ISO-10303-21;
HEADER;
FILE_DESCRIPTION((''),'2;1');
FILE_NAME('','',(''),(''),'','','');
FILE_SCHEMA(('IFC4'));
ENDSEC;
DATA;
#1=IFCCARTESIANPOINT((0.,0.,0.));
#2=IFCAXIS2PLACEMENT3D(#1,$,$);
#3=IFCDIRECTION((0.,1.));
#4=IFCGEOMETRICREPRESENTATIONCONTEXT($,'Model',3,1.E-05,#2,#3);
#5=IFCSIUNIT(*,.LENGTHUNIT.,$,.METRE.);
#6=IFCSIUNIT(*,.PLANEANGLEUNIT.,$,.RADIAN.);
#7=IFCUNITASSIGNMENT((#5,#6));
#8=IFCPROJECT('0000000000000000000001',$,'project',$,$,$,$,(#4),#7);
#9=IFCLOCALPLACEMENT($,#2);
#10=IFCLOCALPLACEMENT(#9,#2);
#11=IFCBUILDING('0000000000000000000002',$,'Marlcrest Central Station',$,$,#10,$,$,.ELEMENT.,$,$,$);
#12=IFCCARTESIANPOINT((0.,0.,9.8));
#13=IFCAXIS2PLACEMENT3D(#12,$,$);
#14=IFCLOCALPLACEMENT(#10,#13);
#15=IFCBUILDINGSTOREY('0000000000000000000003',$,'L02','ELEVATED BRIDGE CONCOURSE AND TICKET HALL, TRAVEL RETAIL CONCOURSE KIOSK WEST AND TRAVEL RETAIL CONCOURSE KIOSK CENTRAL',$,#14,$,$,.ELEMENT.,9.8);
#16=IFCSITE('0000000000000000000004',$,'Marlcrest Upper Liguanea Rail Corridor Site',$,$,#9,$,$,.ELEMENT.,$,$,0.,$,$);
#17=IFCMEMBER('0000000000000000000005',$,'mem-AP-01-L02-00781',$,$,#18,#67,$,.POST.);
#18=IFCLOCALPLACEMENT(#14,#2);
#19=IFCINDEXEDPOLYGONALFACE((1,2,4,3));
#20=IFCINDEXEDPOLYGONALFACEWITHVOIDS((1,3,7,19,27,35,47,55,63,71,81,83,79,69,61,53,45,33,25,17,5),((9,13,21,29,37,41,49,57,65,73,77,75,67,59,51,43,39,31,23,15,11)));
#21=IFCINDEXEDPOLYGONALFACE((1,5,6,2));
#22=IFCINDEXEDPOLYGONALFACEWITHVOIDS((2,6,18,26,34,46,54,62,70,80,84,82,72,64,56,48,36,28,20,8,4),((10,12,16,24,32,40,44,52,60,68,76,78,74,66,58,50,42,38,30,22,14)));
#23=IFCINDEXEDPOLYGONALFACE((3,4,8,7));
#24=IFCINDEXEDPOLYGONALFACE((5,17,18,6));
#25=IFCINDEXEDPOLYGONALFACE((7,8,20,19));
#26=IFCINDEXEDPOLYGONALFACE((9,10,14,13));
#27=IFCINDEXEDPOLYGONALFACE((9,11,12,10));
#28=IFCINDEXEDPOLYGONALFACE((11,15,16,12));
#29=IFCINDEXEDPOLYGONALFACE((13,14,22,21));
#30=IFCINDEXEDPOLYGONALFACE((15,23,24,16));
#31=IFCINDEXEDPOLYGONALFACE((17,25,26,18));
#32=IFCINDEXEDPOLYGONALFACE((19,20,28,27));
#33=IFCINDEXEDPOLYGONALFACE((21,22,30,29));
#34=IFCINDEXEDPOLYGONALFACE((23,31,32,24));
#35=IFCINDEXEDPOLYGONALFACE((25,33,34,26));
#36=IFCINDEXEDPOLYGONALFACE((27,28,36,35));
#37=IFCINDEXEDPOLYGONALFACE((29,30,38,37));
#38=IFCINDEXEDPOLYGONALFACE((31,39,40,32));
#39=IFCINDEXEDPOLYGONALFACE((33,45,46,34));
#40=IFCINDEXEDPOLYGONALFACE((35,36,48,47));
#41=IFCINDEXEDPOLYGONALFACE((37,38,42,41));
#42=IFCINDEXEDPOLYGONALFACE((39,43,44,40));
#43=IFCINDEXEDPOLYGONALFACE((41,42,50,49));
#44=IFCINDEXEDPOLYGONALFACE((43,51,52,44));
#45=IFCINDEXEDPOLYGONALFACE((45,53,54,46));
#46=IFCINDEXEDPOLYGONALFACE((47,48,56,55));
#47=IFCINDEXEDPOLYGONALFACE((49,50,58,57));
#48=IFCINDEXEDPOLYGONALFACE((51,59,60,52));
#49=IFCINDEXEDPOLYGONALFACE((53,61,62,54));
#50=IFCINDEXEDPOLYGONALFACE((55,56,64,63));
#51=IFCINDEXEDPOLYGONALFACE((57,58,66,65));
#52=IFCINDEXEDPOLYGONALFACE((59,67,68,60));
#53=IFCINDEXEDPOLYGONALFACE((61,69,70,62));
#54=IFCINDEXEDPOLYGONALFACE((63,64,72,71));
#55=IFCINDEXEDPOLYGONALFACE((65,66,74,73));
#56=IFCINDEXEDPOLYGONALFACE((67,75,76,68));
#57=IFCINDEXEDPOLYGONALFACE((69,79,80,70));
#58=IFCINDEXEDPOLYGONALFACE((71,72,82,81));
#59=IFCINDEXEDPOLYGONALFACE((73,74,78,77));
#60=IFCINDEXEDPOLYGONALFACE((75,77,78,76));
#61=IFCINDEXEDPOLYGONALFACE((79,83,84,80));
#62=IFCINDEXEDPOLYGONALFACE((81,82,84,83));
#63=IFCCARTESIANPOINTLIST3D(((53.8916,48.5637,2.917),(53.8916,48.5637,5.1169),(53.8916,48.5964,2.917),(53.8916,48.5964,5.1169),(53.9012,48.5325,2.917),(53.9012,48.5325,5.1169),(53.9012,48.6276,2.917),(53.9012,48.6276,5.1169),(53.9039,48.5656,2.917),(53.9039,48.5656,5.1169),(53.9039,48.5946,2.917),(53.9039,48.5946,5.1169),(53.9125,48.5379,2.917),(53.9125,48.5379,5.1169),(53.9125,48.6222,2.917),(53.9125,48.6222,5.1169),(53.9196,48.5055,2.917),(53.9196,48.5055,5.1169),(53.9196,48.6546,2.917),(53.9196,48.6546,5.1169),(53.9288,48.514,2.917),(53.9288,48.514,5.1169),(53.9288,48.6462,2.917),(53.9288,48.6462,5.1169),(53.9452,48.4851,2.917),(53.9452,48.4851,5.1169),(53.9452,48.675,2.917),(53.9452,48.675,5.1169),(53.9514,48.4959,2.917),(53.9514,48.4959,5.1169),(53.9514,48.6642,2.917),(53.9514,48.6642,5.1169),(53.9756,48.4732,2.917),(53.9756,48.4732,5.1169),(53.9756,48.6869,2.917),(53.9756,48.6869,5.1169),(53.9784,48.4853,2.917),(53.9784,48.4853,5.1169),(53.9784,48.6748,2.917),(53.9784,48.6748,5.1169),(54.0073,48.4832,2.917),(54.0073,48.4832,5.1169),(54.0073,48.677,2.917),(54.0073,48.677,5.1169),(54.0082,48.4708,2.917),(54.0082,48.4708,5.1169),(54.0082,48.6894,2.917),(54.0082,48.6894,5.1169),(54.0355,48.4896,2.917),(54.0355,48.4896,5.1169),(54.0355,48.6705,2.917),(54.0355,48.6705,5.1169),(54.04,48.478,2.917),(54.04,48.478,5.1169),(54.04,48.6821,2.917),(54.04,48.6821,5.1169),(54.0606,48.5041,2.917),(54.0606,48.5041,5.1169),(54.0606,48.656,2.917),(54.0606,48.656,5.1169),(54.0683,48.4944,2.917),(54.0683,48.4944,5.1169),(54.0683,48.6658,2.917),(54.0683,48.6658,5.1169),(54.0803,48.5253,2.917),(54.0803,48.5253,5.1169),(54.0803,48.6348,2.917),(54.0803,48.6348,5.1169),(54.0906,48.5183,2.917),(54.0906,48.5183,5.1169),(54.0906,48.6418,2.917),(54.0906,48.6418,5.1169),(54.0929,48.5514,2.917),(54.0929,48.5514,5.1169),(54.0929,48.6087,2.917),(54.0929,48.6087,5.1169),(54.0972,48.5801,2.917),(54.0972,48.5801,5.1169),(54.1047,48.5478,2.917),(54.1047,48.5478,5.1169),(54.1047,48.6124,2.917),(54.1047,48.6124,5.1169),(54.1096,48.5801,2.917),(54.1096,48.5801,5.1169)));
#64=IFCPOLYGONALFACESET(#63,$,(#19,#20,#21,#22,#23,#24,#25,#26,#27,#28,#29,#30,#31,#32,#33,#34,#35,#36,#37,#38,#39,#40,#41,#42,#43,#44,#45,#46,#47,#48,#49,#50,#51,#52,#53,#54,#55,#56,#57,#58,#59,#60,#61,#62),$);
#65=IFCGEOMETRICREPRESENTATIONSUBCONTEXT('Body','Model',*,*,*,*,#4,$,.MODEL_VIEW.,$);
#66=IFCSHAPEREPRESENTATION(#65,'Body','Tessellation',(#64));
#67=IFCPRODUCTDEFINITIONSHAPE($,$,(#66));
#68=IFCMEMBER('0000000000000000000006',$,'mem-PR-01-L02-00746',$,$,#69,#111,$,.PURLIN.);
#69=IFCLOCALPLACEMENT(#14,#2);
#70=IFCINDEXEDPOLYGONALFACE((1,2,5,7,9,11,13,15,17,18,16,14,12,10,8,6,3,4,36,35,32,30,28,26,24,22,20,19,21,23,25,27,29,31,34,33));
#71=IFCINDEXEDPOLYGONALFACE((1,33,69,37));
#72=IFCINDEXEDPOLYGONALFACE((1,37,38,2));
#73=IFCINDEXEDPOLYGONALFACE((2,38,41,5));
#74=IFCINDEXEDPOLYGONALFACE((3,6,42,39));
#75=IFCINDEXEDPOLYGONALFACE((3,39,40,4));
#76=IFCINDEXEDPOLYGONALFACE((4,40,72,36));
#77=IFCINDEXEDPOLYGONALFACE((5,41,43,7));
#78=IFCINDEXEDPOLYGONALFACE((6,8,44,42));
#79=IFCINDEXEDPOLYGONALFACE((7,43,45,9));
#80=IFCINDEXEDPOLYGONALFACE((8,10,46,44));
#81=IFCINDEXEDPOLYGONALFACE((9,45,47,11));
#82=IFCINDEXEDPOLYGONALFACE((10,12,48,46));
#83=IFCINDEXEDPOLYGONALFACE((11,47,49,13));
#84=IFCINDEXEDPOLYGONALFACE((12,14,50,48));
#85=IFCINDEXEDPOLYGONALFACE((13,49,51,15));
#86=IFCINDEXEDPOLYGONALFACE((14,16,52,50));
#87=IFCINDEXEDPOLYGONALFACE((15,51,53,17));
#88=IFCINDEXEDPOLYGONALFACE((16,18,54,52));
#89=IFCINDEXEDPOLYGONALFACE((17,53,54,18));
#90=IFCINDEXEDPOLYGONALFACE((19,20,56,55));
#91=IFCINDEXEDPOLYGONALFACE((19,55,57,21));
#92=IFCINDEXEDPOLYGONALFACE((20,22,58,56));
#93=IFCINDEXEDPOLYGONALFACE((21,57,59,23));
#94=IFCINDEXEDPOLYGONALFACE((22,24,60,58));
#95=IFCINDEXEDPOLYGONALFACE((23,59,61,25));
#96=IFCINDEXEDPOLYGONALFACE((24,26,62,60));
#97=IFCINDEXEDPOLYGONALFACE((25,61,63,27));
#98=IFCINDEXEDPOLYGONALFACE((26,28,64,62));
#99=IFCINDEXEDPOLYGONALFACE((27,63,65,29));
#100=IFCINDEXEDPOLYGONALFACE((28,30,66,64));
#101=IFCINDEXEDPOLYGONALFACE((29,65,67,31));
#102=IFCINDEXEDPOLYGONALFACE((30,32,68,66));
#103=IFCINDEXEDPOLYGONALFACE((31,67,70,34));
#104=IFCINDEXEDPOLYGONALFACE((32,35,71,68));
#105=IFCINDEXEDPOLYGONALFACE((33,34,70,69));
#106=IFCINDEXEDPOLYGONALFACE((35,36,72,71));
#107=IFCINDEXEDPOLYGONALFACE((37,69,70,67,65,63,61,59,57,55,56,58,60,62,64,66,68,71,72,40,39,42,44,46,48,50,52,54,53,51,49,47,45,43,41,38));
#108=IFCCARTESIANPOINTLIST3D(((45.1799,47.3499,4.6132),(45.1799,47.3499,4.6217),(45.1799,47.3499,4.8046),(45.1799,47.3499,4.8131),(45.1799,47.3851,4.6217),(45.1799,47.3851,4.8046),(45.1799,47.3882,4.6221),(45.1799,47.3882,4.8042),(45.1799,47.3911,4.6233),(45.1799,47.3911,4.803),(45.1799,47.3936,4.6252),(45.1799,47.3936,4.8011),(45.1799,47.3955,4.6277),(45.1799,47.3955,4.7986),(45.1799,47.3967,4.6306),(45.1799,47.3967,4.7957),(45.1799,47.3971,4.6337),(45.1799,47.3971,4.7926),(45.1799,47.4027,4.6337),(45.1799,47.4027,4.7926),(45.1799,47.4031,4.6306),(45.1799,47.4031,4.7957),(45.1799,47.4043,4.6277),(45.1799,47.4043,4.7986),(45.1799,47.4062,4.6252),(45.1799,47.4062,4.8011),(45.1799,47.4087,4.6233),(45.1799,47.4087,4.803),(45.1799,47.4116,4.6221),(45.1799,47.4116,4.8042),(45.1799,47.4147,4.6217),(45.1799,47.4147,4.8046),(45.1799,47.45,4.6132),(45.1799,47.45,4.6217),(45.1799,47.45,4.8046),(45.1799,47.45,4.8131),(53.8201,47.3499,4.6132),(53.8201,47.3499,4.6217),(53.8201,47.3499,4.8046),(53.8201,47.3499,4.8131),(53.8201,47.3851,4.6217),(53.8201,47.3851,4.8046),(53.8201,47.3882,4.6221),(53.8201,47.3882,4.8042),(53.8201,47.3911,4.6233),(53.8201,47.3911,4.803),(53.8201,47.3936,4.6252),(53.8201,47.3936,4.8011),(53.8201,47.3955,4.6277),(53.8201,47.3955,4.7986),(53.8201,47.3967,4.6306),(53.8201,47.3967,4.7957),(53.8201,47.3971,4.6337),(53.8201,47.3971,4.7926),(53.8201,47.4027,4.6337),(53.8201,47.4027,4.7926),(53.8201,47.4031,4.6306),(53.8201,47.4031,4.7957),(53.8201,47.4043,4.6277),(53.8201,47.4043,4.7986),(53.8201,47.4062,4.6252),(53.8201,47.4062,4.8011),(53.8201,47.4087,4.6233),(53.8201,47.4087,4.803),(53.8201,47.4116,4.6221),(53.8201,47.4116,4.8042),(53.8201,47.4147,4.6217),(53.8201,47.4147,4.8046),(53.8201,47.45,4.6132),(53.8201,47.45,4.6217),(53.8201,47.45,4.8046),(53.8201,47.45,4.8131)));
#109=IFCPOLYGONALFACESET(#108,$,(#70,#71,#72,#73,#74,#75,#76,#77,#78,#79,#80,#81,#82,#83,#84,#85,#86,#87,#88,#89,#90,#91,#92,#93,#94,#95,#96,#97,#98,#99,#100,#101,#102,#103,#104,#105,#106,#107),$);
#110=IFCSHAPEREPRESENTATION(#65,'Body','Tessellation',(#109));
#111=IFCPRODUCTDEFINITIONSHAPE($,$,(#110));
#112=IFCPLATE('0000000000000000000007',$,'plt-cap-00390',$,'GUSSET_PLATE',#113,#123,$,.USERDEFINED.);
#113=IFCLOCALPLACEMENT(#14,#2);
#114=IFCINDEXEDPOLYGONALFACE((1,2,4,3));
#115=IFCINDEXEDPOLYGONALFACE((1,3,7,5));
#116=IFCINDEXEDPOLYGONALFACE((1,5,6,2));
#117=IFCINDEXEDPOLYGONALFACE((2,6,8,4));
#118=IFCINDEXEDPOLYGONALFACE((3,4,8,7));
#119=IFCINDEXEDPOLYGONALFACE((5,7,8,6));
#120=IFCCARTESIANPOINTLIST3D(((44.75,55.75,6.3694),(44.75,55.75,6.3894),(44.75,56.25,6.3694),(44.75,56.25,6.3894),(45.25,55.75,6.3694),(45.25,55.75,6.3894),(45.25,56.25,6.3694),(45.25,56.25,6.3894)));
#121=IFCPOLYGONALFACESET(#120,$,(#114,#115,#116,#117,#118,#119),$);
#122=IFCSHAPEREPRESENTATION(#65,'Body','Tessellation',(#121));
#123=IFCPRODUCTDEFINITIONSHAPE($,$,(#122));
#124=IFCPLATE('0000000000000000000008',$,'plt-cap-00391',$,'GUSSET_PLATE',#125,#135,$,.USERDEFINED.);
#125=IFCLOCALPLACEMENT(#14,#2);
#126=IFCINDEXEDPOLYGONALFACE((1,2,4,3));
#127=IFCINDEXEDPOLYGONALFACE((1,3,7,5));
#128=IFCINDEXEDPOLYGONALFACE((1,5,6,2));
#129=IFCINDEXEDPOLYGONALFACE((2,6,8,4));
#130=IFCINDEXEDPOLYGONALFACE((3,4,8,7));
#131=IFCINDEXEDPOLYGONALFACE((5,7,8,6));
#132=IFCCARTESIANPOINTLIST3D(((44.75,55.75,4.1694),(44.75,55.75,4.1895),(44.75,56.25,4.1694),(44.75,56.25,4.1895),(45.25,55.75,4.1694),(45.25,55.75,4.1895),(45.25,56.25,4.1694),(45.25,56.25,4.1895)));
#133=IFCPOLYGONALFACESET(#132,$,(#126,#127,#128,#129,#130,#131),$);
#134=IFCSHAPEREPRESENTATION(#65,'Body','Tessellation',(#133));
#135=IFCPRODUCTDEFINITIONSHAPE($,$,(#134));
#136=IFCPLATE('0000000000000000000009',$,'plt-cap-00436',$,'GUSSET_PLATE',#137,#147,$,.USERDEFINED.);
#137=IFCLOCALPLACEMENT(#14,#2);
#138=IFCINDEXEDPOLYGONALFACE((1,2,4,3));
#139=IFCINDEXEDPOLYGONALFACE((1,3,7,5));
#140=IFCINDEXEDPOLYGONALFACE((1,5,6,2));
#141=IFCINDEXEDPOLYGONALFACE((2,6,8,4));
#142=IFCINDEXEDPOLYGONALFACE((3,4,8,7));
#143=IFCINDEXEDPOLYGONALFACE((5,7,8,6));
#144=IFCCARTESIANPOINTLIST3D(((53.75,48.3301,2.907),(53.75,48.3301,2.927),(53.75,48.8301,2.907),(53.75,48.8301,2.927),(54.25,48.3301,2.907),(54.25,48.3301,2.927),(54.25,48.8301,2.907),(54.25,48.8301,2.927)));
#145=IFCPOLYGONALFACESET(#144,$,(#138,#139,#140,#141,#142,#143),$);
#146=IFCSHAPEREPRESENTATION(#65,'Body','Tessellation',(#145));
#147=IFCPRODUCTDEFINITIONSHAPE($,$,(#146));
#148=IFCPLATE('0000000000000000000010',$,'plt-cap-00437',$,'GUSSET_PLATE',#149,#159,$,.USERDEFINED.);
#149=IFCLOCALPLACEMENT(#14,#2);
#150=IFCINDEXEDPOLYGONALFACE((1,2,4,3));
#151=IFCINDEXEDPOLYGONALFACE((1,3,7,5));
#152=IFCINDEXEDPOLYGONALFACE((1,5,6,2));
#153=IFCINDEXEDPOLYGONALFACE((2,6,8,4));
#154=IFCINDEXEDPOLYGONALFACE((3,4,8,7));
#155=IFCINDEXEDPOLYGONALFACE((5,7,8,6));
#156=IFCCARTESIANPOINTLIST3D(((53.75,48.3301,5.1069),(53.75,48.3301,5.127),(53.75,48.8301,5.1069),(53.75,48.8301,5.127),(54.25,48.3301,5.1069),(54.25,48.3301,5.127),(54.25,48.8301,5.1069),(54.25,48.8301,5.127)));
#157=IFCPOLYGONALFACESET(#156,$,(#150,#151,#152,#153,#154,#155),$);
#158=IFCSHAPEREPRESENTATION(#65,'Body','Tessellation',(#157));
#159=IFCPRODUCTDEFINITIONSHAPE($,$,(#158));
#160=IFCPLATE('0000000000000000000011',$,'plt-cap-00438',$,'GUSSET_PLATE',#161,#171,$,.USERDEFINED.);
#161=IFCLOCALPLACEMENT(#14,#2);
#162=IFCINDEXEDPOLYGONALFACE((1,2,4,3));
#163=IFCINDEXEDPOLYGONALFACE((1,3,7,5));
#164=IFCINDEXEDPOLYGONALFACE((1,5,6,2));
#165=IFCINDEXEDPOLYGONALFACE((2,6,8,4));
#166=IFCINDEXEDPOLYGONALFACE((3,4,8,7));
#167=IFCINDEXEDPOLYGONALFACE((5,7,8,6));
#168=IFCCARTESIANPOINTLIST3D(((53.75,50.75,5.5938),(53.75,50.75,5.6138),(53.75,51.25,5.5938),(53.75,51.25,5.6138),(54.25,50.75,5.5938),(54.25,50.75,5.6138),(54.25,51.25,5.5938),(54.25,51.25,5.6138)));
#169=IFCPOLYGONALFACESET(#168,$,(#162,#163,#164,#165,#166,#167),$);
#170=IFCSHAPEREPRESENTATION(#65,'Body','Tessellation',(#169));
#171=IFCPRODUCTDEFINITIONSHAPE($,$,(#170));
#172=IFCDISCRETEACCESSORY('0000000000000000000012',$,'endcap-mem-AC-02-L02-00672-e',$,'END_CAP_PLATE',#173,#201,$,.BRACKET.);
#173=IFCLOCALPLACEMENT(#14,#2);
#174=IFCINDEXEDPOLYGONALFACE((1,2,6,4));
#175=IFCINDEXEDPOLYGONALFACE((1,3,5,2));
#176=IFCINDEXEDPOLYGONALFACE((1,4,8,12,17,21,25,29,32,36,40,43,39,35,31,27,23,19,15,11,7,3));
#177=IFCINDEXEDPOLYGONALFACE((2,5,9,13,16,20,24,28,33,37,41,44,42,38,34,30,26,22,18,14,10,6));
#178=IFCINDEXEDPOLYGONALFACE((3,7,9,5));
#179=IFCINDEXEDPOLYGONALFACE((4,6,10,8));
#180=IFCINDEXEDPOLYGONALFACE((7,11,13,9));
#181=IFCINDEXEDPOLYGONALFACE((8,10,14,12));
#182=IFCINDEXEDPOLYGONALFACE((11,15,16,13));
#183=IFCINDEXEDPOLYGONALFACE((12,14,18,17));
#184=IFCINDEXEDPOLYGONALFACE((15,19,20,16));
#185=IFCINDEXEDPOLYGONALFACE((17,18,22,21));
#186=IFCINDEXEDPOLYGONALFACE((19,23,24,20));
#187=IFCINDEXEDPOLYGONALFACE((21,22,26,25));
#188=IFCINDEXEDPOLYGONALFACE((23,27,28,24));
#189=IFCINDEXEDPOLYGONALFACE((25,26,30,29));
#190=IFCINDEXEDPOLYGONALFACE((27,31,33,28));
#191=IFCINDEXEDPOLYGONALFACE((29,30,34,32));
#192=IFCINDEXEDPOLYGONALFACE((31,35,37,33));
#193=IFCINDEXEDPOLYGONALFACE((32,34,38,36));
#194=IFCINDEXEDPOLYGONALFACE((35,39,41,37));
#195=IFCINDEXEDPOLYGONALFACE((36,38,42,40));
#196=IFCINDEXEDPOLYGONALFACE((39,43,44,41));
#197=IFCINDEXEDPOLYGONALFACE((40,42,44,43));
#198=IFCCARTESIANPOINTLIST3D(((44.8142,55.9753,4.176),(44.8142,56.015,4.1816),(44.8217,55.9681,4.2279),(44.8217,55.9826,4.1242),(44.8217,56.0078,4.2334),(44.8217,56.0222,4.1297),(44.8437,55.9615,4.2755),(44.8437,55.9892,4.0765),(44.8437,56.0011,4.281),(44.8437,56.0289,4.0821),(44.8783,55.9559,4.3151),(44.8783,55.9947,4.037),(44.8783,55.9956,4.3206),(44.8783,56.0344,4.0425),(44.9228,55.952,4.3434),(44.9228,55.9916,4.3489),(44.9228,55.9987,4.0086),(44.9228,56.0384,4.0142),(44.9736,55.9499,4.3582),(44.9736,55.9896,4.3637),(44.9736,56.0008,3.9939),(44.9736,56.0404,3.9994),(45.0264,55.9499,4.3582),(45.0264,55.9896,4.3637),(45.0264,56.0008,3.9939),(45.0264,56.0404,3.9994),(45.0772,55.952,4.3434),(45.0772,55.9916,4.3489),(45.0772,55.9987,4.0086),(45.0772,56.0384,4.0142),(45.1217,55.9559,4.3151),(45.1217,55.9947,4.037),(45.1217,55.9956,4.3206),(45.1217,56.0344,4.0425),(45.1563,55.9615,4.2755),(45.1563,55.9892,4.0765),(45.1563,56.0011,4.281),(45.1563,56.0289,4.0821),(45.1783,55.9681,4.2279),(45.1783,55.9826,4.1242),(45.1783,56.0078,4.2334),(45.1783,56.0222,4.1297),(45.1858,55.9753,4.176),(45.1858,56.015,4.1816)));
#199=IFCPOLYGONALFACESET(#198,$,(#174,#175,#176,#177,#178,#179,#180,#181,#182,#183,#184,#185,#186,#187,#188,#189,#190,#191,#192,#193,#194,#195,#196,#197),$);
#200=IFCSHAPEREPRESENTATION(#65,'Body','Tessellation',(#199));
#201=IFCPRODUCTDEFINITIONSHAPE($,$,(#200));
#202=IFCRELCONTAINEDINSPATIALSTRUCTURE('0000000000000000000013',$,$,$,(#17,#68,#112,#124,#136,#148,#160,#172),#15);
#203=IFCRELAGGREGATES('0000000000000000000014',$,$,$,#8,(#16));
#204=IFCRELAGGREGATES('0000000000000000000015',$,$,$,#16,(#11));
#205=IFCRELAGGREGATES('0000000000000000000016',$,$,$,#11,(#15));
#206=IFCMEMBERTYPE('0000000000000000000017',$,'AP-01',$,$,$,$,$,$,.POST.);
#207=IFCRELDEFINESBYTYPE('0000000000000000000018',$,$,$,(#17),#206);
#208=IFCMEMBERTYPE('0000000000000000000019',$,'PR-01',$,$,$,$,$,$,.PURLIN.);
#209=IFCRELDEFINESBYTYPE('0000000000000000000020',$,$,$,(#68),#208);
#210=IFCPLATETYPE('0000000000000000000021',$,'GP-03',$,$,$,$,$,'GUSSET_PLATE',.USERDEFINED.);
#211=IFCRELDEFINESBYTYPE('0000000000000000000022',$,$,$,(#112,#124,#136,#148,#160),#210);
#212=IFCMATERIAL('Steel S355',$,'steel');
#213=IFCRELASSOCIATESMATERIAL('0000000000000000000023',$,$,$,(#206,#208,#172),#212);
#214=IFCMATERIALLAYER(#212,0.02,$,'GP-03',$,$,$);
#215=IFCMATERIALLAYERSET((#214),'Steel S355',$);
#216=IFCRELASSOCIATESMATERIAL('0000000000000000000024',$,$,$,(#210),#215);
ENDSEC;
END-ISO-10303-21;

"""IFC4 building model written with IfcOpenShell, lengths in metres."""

from ifc_helpers import new_model, si_unit, direction, frame, origin, origin_2d, place, context, subcontext, project, spatial, rectangle, circle, hollow_circle, i_section, extrude, material, layer, layer_set, material_profile, profile_set, type_object, element, save


model = new_model("IFC4")

# Units and contexts
model_context = context("Model", 3, precision=1e-05, world=origin(), true_north=direction((0.0, 1.0)))
body_context = subcontext(model_context, "Body", "Model", "MODEL_VIEW")
ifc_project = project(units=[si_unit("LENGTHUNIT", "METRE"), si_unit("PLANEANGLEUNIT", "RADIAN")], contexts=[model_context])

# Site, building, storey
site_placement = place(None, origin())
site = spatial("IfcSite", under=ifc_project, at=site_placement, Name="Marlcrest Upper Liguanea Rail Corridor Site", CompositionType="ELEMENT", RefElevation=0.0)
building_placement = place(site_placement, origin())
building = spatial("IfcBuilding", under=site, at=building_placement, Name="Marlcrest Central Station", CompositionType="ELEMENT")
storey_placement = place(building_placement, frame((0.0, 0.0, 9.8)))
storey = spatial("IfcBuildingStorey", under=building, at=storey_placement, Name="L02", Description="ELEVATED BRIDGE CONCOURSE AND TICKET HALL, TRAVEL RETAIL CONCOURSE KIOSK WEST AND TRAVEL RETAIL CONCOURSE KIOSK CENTRAL", CompositionType="ELEMENT", Elevation=9.8)

# Members
ifc_material = material(Name="Steel S355", Category="steel")
ifc_material_profile_1 = material_profile(ifc_material, hollow_circle(Radius=0.1096, WallThickness=0.0125, at=origin_2d()), Name="CHS 219.1x12.5")
ifc_profile_set_1 = profile_set([ifc_material_profile_1], Name="Steel S355")
member_type_1 = type_object("IfcMemberType", Name="AP-01", PredefinedType="POST", material=ifc_profile_set_1)
for number, where, z_axis, x_axis, name in (
    (1, (54.0, 48.5801, 2.917), (0.0, 0.0, 1.0), (1.0, 0.0, 0.0), "mem-AP-01-L02-00781"),
):
    element("IfcMember", number, at=place(storey_placement, frame(where, z_axis=z_axis, x_axis=x_axis)), inside=storey, type_object=member_type_1, Name=name, PredefinedType="POST", context=body_context, shape_type="SweptSolid", body=[
        extrude(hollow_circle(Radius=0.1096, WallThickness=0.0125, at=origin_2d()), origin(), (0.0, 0.0, 1.0), 2.2),
    ])
ifc_material_profile_2 = material_profile(ifc_material, i_section(OverallWidth=0.1001, OverallDepth=0.2, WebThickness=0.0056, FlangeThickness=0.0085, FilletRadius=0.012, at=origin_2d()), Name="IPE 200")
ifc_profile_set_2 = profile_set([ifc_material_profile_2], Name="Steel S355")
member_type_2 = type_object("IfcMemberType", Name="PR-01", PredefinedType="PURLIN", material=ifc_profile_set_2)
member_1_placement = place(storey_placement, frame((45.1799, 47.3999, 4.7131), z_axis=(1.0, 0.0, 0.0), x_axis=(0.0, 1.0, 0.0)))
element("IfcMember", 2, at=member_1_placement, inside=storey, type_object=member_type_2, Name="mem-PR-01-L02-00746", PredefinedType="PURLIN", context=body_context, shape_type="SweptSolid", body=[
    extrude(i_section(OverallWidth=0.1001, OverallDepth=0.2, WebThickness=0.0056, FlangeThickness=0.0085, FilletRadius=0.012, at=origin_2d()), origin(), (0.0, 0.0, 1.0), 8.6401),
])

# Plates
ifc_layer = layer(ifc_material, 0.02, Name="GP-03")
ifc_layer_set = layer_set([ifc_layer], Name="Steel S355")
plate_type = type_object("IfcPlateType", Name="GP-03", ElementType="GUSSET_PLATE", PredefinedType="USERDEFINED", material=ifc_layer_set)
for number, where, z_axis, x_axis, name in (
    (3, (45.0, 56.0, 6.3694), (0.0, 0.0, 1.0), (1.0, 0.0, 0.0), "plt-cap-00390"),
    (4, (45.0, 56.0, 4.1694), (0.0, 0.0, 1.0), (1.0, 0.0, 0.0), "plt-cap-00391"),
    (5, (54.0, 48.5801, 2.907), (0.0, 0.0, 1.0), (1.0, 0.0, 0.0), "plt-cap-00436"),
    (6, (54.0, 48.5801, 5.1069), (0.0, 0.0, 1.0), (1.0, 0.0, 0.0), "plt-cap-00437"),
    (7, (54.0, 51.0, 5.5938), (0.0, 0.0, 1.0), (1.0, 0.0, 0.0), "plt-cap-00438"),
):
    element("IfcPlate", number, at=place(storey_placement, frame(where, z_axis=z_axis, x_axis=x_axis)), inside=storey, type_object=plate_type, Name=name, ObjectType="GUSSET_PLATE", PredefinedType="USERDEFINED", context=body_context, shape_type="SweptSolid", body=[
        extrude(rectangle(XDim=0.5, YDim=0.5, at=origin_2d()), origin(), (0.0, 0.0, 1.0), 0.02),
    ])

# Discrete accessory
discrete_accessory_1_placement = place(storey_placement, frame((45.0, 55.9753, 4.176), z_axis=(0.0, 0.990403, 0.138211), x_axis=(-1.0, 0.0, 0.0)))
element("IfcDiscreteAccessory", 8, at=discrete_accessory_1_placement, inside=storey, material=ifc_material, Name="endcap-mem-AC-02-L02-00672-e", ObjectType="END_CAP_PLATE", PredefinedType="BRACKET", context=body_context, shape_type="SweptSolid", body=[
    extrude(circle(Radius=0.1858, at=origin_2d()), origin(), (0.0, 0.0, 1.0), 0.04),
])

save(model, "model.ifc")
